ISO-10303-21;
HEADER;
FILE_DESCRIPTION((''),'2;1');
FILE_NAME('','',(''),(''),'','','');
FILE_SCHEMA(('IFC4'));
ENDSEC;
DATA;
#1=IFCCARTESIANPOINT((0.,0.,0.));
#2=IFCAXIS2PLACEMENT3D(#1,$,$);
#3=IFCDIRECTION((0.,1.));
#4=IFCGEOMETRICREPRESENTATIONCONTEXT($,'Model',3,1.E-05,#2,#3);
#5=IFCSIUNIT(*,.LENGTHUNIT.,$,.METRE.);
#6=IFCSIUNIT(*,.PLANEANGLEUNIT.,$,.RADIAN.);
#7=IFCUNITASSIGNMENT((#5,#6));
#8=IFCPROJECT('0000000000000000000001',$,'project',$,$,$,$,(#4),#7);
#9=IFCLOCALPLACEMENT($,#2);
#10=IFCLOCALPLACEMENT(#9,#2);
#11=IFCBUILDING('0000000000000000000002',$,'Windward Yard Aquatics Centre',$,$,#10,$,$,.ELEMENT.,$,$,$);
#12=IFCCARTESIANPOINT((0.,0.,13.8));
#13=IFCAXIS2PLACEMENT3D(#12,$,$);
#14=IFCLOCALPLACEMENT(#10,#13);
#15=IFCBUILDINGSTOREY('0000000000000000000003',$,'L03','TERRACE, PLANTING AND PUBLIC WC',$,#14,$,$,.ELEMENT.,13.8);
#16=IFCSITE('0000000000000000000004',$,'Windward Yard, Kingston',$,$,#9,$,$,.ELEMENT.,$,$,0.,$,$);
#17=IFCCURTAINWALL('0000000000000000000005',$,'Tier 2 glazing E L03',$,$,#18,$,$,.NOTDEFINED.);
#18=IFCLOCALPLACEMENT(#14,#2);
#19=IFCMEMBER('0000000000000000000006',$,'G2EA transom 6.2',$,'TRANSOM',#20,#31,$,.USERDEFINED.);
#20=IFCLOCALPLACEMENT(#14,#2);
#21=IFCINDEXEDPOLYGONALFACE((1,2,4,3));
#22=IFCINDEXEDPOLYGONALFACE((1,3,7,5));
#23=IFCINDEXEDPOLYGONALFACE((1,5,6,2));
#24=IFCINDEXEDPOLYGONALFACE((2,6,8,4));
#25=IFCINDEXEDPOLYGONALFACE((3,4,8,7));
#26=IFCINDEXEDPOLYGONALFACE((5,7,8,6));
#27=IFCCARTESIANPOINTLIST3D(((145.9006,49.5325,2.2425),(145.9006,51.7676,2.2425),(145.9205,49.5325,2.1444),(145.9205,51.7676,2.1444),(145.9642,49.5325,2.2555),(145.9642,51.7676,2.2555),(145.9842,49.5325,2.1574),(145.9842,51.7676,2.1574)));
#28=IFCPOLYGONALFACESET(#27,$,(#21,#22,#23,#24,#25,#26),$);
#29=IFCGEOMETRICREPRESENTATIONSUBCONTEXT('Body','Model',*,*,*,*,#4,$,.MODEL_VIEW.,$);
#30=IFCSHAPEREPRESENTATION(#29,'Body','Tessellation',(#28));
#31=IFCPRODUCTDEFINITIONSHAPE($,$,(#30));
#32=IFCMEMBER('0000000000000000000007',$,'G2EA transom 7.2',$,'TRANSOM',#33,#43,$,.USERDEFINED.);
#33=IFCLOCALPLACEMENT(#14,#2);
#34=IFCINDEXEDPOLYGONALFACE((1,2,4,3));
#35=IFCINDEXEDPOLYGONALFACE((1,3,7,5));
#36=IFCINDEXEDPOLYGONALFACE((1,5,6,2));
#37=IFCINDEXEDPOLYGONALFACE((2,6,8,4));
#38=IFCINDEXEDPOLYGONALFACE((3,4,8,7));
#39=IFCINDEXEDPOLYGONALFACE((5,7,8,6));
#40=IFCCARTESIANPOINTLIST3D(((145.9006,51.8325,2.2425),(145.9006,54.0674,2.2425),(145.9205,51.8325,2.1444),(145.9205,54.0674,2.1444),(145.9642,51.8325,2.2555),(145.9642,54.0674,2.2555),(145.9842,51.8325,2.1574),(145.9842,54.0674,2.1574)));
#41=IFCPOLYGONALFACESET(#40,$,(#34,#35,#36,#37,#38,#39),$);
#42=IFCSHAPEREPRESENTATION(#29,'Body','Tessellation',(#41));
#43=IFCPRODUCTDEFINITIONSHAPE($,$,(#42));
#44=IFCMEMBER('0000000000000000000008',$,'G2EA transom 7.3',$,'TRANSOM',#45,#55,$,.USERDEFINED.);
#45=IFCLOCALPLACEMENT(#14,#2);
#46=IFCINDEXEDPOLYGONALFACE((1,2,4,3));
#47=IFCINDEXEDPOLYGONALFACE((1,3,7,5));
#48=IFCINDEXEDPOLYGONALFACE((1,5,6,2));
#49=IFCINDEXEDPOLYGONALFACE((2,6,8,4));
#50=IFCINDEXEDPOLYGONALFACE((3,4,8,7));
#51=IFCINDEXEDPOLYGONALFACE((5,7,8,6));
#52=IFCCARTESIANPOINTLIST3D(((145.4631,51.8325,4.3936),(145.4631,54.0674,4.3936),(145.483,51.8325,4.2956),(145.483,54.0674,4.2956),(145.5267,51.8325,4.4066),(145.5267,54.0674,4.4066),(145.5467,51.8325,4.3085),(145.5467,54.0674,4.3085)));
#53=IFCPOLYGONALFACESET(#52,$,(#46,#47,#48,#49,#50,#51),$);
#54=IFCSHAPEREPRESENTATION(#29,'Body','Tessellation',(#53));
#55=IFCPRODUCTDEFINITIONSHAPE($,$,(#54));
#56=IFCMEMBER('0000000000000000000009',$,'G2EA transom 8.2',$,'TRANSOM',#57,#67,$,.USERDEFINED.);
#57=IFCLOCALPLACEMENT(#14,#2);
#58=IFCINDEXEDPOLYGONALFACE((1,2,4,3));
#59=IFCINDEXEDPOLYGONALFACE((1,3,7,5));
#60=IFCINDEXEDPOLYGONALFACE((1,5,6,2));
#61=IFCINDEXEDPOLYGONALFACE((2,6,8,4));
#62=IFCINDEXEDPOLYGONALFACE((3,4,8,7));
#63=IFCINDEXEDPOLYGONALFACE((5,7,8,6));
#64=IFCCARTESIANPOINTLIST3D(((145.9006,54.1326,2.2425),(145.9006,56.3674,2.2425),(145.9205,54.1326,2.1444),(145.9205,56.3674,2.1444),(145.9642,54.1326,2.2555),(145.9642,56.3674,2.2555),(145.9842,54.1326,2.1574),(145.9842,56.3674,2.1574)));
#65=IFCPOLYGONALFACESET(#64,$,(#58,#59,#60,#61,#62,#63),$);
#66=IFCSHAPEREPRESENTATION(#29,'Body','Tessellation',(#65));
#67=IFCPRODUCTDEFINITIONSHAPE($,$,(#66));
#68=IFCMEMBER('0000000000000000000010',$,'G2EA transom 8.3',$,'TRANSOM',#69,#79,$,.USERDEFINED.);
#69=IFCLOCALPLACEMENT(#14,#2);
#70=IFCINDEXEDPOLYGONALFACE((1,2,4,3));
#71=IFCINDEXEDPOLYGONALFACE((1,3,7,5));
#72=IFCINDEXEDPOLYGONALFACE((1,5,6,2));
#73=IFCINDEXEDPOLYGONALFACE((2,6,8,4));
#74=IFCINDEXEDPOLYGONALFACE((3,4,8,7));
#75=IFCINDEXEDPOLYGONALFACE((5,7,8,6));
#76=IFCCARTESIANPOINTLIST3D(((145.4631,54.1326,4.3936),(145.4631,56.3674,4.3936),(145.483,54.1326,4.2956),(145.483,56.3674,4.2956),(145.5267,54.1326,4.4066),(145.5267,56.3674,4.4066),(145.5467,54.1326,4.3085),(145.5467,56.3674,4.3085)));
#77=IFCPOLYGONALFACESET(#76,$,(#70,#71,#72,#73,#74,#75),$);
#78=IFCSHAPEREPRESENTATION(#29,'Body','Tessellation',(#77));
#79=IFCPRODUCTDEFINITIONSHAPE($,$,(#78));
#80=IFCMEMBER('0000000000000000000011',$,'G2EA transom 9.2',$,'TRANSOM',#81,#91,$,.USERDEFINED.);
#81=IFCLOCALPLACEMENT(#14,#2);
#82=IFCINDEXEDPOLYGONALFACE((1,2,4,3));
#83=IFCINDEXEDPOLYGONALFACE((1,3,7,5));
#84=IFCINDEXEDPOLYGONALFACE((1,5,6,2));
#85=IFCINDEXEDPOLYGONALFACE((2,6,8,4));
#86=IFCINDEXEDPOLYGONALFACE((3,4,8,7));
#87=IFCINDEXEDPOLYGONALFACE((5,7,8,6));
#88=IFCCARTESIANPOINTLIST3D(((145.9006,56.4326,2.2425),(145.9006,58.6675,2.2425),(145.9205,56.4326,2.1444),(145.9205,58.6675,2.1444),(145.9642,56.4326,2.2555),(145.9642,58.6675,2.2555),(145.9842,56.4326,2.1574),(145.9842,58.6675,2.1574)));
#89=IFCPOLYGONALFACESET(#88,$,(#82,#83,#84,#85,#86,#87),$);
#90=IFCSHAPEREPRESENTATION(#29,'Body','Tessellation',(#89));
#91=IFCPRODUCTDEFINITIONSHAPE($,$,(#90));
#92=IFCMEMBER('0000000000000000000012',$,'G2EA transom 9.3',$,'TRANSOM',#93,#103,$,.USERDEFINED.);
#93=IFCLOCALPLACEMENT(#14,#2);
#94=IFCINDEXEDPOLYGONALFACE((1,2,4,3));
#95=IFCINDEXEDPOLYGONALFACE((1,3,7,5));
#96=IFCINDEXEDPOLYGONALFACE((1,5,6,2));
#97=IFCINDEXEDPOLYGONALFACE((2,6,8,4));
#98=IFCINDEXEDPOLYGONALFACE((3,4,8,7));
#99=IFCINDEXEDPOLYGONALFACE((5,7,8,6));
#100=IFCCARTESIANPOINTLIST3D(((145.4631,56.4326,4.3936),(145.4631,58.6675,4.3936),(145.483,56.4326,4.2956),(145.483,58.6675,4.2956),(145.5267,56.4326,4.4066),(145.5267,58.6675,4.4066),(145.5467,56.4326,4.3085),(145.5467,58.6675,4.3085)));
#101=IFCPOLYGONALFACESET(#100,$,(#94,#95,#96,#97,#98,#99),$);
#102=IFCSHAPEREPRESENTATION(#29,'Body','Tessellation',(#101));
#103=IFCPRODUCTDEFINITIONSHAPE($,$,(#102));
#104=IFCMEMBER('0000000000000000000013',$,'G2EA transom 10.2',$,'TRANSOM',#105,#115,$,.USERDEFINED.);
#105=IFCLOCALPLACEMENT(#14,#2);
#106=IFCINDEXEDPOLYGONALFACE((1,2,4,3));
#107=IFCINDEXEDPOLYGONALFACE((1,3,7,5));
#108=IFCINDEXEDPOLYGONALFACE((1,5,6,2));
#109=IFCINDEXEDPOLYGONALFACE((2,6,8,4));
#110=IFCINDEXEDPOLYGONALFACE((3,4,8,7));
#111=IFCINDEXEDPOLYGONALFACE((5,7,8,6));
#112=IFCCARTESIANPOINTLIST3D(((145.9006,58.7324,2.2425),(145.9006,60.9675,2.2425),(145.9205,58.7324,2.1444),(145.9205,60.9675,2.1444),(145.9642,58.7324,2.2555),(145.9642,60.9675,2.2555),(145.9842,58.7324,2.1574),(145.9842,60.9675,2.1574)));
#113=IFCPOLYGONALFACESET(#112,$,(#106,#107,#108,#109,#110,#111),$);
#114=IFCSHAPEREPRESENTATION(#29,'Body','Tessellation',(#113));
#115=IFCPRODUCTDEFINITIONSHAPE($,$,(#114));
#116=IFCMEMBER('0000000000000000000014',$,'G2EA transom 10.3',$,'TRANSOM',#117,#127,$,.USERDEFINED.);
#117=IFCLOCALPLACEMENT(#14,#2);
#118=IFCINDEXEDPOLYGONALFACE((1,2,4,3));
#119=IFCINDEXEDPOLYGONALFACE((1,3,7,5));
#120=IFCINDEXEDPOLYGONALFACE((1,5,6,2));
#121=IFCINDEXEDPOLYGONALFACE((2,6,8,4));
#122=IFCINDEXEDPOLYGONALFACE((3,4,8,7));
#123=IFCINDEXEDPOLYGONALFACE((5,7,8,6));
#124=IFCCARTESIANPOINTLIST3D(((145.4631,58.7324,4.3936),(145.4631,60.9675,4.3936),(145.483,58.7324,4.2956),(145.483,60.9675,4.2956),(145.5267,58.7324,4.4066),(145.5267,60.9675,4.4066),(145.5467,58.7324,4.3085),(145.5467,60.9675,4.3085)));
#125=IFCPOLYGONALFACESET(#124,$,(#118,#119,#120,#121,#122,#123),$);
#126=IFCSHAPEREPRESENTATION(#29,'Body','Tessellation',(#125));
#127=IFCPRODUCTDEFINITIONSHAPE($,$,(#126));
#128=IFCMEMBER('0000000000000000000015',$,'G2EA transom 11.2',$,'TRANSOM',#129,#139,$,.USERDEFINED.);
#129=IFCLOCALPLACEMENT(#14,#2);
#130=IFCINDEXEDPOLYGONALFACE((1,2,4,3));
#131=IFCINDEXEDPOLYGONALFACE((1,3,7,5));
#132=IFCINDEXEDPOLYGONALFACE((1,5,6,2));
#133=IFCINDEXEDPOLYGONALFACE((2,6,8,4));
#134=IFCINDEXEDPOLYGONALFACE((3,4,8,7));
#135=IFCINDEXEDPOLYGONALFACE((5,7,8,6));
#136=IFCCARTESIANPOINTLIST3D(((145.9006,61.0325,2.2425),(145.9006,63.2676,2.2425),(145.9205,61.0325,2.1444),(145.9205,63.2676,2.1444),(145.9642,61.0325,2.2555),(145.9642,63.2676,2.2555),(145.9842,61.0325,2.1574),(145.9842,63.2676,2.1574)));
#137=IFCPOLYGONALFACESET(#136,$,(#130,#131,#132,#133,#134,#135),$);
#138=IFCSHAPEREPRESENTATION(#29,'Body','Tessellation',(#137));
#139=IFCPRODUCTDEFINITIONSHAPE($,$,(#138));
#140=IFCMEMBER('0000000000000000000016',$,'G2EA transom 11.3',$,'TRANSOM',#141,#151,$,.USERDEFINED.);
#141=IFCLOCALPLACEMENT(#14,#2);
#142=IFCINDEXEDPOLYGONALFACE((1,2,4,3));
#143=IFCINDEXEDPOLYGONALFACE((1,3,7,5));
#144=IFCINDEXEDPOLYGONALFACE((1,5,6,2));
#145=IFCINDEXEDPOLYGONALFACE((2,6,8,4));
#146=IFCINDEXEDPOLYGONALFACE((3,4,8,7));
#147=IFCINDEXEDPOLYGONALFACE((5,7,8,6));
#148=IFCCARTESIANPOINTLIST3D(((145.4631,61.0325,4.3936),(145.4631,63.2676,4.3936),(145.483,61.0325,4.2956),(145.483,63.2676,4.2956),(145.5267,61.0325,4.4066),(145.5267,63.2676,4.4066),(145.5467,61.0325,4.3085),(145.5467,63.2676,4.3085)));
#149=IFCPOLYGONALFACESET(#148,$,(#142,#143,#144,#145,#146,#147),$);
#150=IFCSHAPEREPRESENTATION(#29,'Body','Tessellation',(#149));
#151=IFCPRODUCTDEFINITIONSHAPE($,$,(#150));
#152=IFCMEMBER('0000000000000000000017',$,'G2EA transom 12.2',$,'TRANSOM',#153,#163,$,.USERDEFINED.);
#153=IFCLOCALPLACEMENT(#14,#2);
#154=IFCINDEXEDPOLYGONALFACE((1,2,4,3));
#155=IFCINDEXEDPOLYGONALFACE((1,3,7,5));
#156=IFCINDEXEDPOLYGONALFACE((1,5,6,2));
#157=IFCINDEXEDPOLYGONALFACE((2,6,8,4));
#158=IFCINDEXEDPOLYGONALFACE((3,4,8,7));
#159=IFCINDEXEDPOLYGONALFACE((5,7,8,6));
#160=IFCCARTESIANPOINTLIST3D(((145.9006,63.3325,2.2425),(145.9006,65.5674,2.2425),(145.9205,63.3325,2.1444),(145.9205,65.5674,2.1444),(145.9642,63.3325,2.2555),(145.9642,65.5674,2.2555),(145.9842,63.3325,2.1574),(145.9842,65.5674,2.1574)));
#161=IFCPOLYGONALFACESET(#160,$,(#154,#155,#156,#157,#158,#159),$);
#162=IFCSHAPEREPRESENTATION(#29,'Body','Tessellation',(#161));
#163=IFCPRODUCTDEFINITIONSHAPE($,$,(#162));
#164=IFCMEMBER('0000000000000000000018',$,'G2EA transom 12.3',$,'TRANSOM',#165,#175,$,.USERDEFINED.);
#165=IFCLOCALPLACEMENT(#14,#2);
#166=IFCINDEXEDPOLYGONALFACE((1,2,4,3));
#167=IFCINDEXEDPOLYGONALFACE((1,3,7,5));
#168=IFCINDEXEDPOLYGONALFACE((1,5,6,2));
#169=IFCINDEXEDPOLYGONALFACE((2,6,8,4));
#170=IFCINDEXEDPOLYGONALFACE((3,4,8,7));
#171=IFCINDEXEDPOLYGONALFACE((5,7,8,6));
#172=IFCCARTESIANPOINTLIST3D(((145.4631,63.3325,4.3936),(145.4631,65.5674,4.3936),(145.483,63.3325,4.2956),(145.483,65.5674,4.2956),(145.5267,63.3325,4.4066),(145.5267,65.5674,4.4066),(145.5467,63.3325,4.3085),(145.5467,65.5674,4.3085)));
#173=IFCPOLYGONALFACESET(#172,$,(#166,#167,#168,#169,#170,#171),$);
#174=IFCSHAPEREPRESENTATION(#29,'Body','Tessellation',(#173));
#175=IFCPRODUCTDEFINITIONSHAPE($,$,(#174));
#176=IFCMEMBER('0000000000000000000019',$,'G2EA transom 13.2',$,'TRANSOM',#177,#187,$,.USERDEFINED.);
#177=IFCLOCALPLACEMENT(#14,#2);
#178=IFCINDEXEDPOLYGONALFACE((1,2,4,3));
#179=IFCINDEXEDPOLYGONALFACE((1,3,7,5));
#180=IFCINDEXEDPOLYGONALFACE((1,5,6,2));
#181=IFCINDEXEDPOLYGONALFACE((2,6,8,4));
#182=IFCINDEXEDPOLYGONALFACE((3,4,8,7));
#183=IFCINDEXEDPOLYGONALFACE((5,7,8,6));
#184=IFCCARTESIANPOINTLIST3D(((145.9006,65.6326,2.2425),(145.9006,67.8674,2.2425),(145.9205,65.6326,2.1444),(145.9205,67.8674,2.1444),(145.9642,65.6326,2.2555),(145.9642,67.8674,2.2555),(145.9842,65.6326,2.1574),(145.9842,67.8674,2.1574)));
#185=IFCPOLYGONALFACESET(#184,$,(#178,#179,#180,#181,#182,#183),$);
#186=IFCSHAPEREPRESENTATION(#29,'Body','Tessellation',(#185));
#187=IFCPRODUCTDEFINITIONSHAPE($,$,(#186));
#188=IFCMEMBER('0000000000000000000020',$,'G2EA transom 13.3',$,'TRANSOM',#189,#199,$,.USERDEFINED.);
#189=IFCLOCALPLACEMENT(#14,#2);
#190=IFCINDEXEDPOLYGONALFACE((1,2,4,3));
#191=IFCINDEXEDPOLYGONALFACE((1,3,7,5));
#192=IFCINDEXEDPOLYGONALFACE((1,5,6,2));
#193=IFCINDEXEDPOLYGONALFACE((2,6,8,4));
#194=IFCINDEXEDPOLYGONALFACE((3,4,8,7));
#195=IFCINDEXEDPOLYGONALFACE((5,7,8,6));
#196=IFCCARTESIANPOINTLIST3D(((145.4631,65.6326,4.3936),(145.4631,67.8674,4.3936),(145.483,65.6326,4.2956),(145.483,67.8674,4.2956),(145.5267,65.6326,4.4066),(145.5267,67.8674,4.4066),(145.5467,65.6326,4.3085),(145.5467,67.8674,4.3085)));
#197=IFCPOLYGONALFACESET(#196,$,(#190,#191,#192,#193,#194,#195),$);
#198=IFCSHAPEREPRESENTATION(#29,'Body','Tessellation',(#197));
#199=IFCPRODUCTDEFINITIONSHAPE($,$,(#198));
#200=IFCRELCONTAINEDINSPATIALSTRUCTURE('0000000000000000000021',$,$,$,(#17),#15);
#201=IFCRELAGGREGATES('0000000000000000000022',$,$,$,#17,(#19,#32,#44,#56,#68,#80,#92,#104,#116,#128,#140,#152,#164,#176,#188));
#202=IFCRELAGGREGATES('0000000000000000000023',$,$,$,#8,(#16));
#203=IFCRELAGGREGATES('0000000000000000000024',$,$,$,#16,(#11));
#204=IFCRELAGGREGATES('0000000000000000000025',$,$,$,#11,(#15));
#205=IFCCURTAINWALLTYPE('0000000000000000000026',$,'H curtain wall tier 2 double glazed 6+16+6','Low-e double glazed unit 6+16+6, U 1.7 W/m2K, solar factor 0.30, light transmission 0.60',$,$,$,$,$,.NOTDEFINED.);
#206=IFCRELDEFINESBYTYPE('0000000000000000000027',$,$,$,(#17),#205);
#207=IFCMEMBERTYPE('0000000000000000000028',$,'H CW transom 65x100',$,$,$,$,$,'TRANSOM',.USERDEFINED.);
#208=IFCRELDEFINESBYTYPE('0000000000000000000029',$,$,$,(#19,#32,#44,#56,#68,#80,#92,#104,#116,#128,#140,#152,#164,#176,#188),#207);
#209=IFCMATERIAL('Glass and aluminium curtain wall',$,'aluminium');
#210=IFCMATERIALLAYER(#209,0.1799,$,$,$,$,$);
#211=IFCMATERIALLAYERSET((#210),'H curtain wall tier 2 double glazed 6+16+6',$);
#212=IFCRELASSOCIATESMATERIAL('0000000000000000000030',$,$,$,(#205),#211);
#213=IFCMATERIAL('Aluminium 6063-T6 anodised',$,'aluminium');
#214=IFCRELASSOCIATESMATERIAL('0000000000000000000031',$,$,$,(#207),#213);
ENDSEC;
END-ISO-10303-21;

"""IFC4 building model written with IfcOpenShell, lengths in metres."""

from ifc_helpers import new_model, si_unit, direction, frame, origin, origin_2d, place, context, subcontext, project, spatial, rectangle, extrude, material, layer, layer_set, material_profile, profile_set, type_object, element, aggregate, save


model = new_model("IFC4")

# Units and contexts
model_context = context("Model", 3, precision=1e-05, world=origin(), true_north=direction((0.0, 1.0)))
body_context = subcontext(model_context, "Body", "Model", "MODEL_VIEW")
ifc_project = project(units=[si_unit("LENGTHUNIT", "METRE"), si_unit("PLANEANGLEUNIT", "RADIAN")], contexts=[model_context])

# Site, building, storey
site_placement = place(None, origin())
site = spatial("IfcSite", under=ifc_project, at=site_placement, Name="Windward Yard, Kingston", CompositionType="ELEMENT", RefElevation=0.0)
building_placement = place(site_placement, origin())
building = spatial("IfcBuilding", under=site, at=building_placement, Name="Windward Yard Aquatics Centre", CompositionType="ELEMENT")
storey_placement = place(building_placement, frame((0.0, 0.0, 13.8)))
storey = spatial("IfcBuildingStorey", under=building, at=storey_placement, Name="L03", Description="TERRACE, PLANTING AND PUBLIC WC", CompositionType="ELEMENT", Elevation=13.8)

# Curtain wall, members
ifc_material_1 = material(Name="Glass and aluminium curtain wall", Category="aluminium")
ifc_layer_1 = layer(ifc_material_1, 0.1799)
ifc_layer_set_1 = layer_set([ifc_layer_1], Name="H curtain wall tier 2 double glazed 6+16+6")
curtain_wall_type = type_object("IfcCurtainWallType", Name="H curtain wall tier 2 double glazed 6+16+6", Description="Low-e double glazed unit 6+16+6, U 1.7 W/m2K, solar factor 0.30, light transmission 0.60", PredefinedType="NOTDEFINED", material=ifc_layer_set_1)
curtain_wall_placement = place(storey_placement, origin())
curtain_wall = element("IfcCurtainWall", 1, at=curtain_wall_placement, inside=storey, type_object=curtain_wall_type, Name="Tier 2 glazing E L03", PredefinedType="NOTDEFINED")
ifc_material_2 = material(Name="Aluminium 6063-T6 anodised", Category="aluminium")
ifc_material_profile = material_profile(ifc_material_2, rectangle(XDim=0.0649, YDim=0.1001, at=origin_2d()), Name="H CW transom 65x100")
ifc_profile_set = profile_set([ifc_material_profile], Name="Aluminium 6063-T6 anodised")
member_type = type_object("IfcMemberType", Name="H CW transom 65x100", ElementType="TRANSOM", PredefinedType="USERDEFINED", material=ifc_profile_set)
member_1_placement = place(storey_placement, frame((145.9424, 49.5325, 2.2), z_axis=(0.0, 1.0, 0.0), x_axis=(0.979925, 0.0, 0.199368)))
member_1 = element("IfcMember", 2, at=member_1_placement, type_object=member_type, Name="G2EA transom 6.2", ObjectType="TRANSOM", PredefinedType="USERDEFINED", context=body_context, shape_type="SweptSolid", body=[
    extrude(rectangle(XDim=0.0649, YDim=0.1001, at=origin_2d()), origin(), (0.0, 0.0, 1.0), 2.2351),
])
member_2_placement = place(storey_placement, frame((145.9424, 51.8325, 2.2), z_axis=(0.0, 1.0, 0.0), x_axis=(0.979925, 0.0, 0.199368)))
member_2 = element("IfcMember", 3, at=member_2_placement, type_object=member_type, Name="G2EA transom 7.2", ObjectType="TRANSOM", PredefinedType="USERDEFINED", context=body_context, shape_type="SweptSolid", body=[
    extrude(rectangle(XDim=0.0649, YDim=0.1001, at=origin_2d()), origin(), (0.0, 0.0, 1.0), 2.2349),
])
member_3_placement = place(storey_placement, frame((145.5049, 51.8325, 4.3511), z_axis=(0.0, 1.0, 0.0), x_axis=(0.979925, 0.0, 0.199368)))
member_3 = element("IfcMember", 4, at=member_3_placement, type_object=member_type, Name="G2EA transom 7.3", ObjectType="TRANSOM", PredefinedType="USERDEFINED", context=body_context, shape_type="SweptSolid", body=[
    extrude(rectangle(XDim=0.0649, YDim=0.1001, at=origin_2d()), origin(), (0.0, 0.0, 1.0), 2.2349),
])
member_4_placement = place(storey_placement, frame((145.9424, 54.1326, 2.2), z_axis=(0.0, 1.0, 0.0), x_axis=(0.979925, 0.0, 0.199368)))
member_4 = element("IfcMember", 5, at=member_4_placement, type_object=member_type, Name="G2EA transom 8.2", ObjectType="TRANSOM", PredefinedType="USERDEFINED", context=body_context, shape_type="SweptSolid", body=[
    extrude(rectangle(XDim=0.0649, YDim=0.1001, at=origin_2d()), origin(), (0.0, 0.0, 1.0), 2.2349),
])
member_5_placement = place(storey_placement, frame((145.5049, 54.1326, 4.3511), z_axis=(0.0, 1.0, 0.0), x_axis=(0.979925, 0.0, 0.199368)))
member_5 = element("IfcMember", 6, at=member_5_placement, type_object=member_type, Name="G2EA transom 8.3", ObjectType="TRANSOM", PredefinedType="USERDEFINED", context=body_context, shape_type="SweptSolid", body=[
    extrude(rectangle(XDim=0.0649, YDim=0.1001, at=origin_2d()), origin(), (0.0, 0.0, 1.0), 2.2349),
])
member_6_placement = place(storey_placement, frame((145.9424, 56.4326, 2.2), z_axis=(0.0, 1.0, 0.0), x_axis=(0.979925, 0.0, 0.199368)))
member_6 = element("IfcMember", 7, at=member_6_placement, type_object=member_type, Name="G2EA transom 9.2", ObjectType="TRANSOM", PredefinedType="USERDEFINED", context=body_context, shape_type="SweptSolid", body=[
    extrude(rectangle(XDim=0.0649, YDim=0.1001, at=origin_2d()), origin(), (0.0, 0.0, 1.0), 2.2349),
])
member_7_placement = place(storey_placement, frame((145.5049, 56.4326, 4.3511), z_axis=(0.0, 1.0, 0.0), x_axis=(0.979925, 0.0, 0.199368)))
member_7 = element("IfcMember", 8, at=member_7_placement, type_object=member_type, Name="G2EA transom 9.3", ObjectType="TRANSOM", PredefinedType="USERDEFINED", context=body_context, shape_type="SweptSolid", body=[
    extrude(rectangle(XDim=0.0649, YDim=0.1001, at=origin_2d()), origin(), (0.0, 0.0, 1.0), 2.2349),
])
member_8_placement = place(storey_placement, frame((145.9424, 58.7324, 2.2), z_axis=(0.0, 1.0, 0.0), x_axis=(0.979925, 0.0, 0.199368)))
member_8 = element("IfcMember", 9, at=member_8_placement, type_object=member_type, Name="G2EA transom 10.2", ObjectType="TRANSOM", PredefinedType="USERDEFINED", context=body_context, shape_type="SweptSolid", body=[
    extrude(rectangle(XDim=0.0649, YDim=0.1001, at=origin_2d()), origin(), (0.0, 0.0, 1.0), 2.2351),
])
member_9_placement = place(storey_placement, frame((145.5049, 58.7324, 4.3511), z_axis=(0.0, 1.0, 0.0), x_axis=(0.979925, 0.0, 0.199368)))
member_9 = element("IfcMember", 10, at=member_9_placement, type_object=member_type, Name="G2EA transom 10.3", ObjectType="TRANSOM", PredefinedType="USERDEFINED", context=body_context, shape_type="SweptSolid", body=[
    extrude(rectangle(XDim=0.0649, YDim=0.1001, at=origin_2d()), origin(), (0.0, 0.0, 1.0), 2.2351),
])
member_10_placement = place(storey_placement, frame((145.9424, 61.0325, 2.2), z_axis=(0.0, 1.0, 0.0), x_axis=(0.979925, 0.0, 0.199368)))
member_10 = element("IfcMember", 11, at=member_10_placement, type_object=member_type, Name="G2EA transom 11.2", ObjectType="TRANSOM", PredefinedType="USERDEFINED", context=body_context, shape_type="SweptSolid", body=[
    extrude(rectangle(XDim=0.0649, YDim=0.1001, at=origin_2d()), origin(), (0.0, 0.0, 1.0), 2.2351),
])
member_11_placement = place(storey_placement, frame((145.5049, 61.0325, 4.3511), z_axis=(0.0, 1.0, 0.0), x_axis=(0.979925, 0.0, 0.199368)))
member_11 = element("IfcMember", 12, at=member_11_placement, type_object=member_type, Name="G2EA transom 11.3", ObjectType="TRANSOM", PredefinedType="USERDEFINED", context=body_context, shape_type="SweptSolid", body=[
    extrude(rectangle(XDim=0.0649, YDim=0.1001, at=origin_2d()), origin(), (0.0, 0.0, 1.0), 2.2351),
])
member_12_placement = place(storey_placement, frame((145.9424, 63.3325, 2.2), z_axis=(0.0, 1.0, 0.0), x_axis=(0.979925, 0.0, 0.199368)))
member_12 = element("IfcMember", 13, at=member_12_placement, type_object=member_type, Name="G2EA transom 12.2", ObjectType="TRANSOM", PredefinedType="USERDEFINED", context=body_context, shape_type="SweptSolid", body=[
    extrude(rectangle(XDim=0.0649, YDim=0.1001, at=origin_2d()), origin(), (0.0, 0.0, 1.0), 2.2349),
])
member_13_placement = place(storey_placement, frame((145.5049, 63.3325, 4.3511), z_axis=(0.0, 1.0, 0.0), x_axis=(0.979925, 0.0, 0.199368)))
member_13 = element("IfcMember", 14, at=member_13_placement, type_object=member_type, Name="G2EA transom 12.3", ObjectType="TRANSOM", PredefinedType="USERDEFINED", context=body_context, shape_type="SweptSolid", body=[
    extrude(rectangle(XDim=0.0649, YDim=0.1001, at=origin_2d()), origin(), (0.0, 0.0, 1.0), 2.2349),
])
member_14_placement = place(storey_placement, frame((145.9424, 65.6326, 2.2), z_axis=(0.0, 1.0, 0.0), x_axis=(0.979925, 0.0, 0.199368)))
member_14 = element("IfcMember", 15, at=member_14_placement, type_object=member_type, Name="G2EA transom 13.2", ObjectType="TRANSOM", PredefinedType="USERDEFINED", context=body_context, shape_type="SweptSolid", body=[
    extrude(rectangle(XDim=0.0649, YDim=0.1001, at=origin_2d()), origin(), (0.0, 0.0, 1.0), 2.2349),
])
member_15_placement = place(storey_placement, frame((145.5049, 65.6326, 4.3511), z_axis=(0.0, 1.0, 0.0), x_axis=(0.979925, 0.0, 0.199368)))
member_15 = element("IfcMember", 16, at=member_15_placement, type_object=member_type, Name="G2EA transom 13.3", ObjectType="TRANSOM", PredefinedType="USERDEFINED", context=body_context, shape_type="SweptSolid", body=[
    extrude(rectangle(XDim=0.0649, YDim=0.1001, at=origin_2d()), origin(), (0.0, 0.0, 1.0), 2.2349),
])
aggregate(curtain_wall, [member_1, member_2, member_3, member_4, member_5, member_6, member_7, member_8, member_9, member_10, member_11, member_12, member_13, member_14, member_15])

save(model, "model.ifc")
